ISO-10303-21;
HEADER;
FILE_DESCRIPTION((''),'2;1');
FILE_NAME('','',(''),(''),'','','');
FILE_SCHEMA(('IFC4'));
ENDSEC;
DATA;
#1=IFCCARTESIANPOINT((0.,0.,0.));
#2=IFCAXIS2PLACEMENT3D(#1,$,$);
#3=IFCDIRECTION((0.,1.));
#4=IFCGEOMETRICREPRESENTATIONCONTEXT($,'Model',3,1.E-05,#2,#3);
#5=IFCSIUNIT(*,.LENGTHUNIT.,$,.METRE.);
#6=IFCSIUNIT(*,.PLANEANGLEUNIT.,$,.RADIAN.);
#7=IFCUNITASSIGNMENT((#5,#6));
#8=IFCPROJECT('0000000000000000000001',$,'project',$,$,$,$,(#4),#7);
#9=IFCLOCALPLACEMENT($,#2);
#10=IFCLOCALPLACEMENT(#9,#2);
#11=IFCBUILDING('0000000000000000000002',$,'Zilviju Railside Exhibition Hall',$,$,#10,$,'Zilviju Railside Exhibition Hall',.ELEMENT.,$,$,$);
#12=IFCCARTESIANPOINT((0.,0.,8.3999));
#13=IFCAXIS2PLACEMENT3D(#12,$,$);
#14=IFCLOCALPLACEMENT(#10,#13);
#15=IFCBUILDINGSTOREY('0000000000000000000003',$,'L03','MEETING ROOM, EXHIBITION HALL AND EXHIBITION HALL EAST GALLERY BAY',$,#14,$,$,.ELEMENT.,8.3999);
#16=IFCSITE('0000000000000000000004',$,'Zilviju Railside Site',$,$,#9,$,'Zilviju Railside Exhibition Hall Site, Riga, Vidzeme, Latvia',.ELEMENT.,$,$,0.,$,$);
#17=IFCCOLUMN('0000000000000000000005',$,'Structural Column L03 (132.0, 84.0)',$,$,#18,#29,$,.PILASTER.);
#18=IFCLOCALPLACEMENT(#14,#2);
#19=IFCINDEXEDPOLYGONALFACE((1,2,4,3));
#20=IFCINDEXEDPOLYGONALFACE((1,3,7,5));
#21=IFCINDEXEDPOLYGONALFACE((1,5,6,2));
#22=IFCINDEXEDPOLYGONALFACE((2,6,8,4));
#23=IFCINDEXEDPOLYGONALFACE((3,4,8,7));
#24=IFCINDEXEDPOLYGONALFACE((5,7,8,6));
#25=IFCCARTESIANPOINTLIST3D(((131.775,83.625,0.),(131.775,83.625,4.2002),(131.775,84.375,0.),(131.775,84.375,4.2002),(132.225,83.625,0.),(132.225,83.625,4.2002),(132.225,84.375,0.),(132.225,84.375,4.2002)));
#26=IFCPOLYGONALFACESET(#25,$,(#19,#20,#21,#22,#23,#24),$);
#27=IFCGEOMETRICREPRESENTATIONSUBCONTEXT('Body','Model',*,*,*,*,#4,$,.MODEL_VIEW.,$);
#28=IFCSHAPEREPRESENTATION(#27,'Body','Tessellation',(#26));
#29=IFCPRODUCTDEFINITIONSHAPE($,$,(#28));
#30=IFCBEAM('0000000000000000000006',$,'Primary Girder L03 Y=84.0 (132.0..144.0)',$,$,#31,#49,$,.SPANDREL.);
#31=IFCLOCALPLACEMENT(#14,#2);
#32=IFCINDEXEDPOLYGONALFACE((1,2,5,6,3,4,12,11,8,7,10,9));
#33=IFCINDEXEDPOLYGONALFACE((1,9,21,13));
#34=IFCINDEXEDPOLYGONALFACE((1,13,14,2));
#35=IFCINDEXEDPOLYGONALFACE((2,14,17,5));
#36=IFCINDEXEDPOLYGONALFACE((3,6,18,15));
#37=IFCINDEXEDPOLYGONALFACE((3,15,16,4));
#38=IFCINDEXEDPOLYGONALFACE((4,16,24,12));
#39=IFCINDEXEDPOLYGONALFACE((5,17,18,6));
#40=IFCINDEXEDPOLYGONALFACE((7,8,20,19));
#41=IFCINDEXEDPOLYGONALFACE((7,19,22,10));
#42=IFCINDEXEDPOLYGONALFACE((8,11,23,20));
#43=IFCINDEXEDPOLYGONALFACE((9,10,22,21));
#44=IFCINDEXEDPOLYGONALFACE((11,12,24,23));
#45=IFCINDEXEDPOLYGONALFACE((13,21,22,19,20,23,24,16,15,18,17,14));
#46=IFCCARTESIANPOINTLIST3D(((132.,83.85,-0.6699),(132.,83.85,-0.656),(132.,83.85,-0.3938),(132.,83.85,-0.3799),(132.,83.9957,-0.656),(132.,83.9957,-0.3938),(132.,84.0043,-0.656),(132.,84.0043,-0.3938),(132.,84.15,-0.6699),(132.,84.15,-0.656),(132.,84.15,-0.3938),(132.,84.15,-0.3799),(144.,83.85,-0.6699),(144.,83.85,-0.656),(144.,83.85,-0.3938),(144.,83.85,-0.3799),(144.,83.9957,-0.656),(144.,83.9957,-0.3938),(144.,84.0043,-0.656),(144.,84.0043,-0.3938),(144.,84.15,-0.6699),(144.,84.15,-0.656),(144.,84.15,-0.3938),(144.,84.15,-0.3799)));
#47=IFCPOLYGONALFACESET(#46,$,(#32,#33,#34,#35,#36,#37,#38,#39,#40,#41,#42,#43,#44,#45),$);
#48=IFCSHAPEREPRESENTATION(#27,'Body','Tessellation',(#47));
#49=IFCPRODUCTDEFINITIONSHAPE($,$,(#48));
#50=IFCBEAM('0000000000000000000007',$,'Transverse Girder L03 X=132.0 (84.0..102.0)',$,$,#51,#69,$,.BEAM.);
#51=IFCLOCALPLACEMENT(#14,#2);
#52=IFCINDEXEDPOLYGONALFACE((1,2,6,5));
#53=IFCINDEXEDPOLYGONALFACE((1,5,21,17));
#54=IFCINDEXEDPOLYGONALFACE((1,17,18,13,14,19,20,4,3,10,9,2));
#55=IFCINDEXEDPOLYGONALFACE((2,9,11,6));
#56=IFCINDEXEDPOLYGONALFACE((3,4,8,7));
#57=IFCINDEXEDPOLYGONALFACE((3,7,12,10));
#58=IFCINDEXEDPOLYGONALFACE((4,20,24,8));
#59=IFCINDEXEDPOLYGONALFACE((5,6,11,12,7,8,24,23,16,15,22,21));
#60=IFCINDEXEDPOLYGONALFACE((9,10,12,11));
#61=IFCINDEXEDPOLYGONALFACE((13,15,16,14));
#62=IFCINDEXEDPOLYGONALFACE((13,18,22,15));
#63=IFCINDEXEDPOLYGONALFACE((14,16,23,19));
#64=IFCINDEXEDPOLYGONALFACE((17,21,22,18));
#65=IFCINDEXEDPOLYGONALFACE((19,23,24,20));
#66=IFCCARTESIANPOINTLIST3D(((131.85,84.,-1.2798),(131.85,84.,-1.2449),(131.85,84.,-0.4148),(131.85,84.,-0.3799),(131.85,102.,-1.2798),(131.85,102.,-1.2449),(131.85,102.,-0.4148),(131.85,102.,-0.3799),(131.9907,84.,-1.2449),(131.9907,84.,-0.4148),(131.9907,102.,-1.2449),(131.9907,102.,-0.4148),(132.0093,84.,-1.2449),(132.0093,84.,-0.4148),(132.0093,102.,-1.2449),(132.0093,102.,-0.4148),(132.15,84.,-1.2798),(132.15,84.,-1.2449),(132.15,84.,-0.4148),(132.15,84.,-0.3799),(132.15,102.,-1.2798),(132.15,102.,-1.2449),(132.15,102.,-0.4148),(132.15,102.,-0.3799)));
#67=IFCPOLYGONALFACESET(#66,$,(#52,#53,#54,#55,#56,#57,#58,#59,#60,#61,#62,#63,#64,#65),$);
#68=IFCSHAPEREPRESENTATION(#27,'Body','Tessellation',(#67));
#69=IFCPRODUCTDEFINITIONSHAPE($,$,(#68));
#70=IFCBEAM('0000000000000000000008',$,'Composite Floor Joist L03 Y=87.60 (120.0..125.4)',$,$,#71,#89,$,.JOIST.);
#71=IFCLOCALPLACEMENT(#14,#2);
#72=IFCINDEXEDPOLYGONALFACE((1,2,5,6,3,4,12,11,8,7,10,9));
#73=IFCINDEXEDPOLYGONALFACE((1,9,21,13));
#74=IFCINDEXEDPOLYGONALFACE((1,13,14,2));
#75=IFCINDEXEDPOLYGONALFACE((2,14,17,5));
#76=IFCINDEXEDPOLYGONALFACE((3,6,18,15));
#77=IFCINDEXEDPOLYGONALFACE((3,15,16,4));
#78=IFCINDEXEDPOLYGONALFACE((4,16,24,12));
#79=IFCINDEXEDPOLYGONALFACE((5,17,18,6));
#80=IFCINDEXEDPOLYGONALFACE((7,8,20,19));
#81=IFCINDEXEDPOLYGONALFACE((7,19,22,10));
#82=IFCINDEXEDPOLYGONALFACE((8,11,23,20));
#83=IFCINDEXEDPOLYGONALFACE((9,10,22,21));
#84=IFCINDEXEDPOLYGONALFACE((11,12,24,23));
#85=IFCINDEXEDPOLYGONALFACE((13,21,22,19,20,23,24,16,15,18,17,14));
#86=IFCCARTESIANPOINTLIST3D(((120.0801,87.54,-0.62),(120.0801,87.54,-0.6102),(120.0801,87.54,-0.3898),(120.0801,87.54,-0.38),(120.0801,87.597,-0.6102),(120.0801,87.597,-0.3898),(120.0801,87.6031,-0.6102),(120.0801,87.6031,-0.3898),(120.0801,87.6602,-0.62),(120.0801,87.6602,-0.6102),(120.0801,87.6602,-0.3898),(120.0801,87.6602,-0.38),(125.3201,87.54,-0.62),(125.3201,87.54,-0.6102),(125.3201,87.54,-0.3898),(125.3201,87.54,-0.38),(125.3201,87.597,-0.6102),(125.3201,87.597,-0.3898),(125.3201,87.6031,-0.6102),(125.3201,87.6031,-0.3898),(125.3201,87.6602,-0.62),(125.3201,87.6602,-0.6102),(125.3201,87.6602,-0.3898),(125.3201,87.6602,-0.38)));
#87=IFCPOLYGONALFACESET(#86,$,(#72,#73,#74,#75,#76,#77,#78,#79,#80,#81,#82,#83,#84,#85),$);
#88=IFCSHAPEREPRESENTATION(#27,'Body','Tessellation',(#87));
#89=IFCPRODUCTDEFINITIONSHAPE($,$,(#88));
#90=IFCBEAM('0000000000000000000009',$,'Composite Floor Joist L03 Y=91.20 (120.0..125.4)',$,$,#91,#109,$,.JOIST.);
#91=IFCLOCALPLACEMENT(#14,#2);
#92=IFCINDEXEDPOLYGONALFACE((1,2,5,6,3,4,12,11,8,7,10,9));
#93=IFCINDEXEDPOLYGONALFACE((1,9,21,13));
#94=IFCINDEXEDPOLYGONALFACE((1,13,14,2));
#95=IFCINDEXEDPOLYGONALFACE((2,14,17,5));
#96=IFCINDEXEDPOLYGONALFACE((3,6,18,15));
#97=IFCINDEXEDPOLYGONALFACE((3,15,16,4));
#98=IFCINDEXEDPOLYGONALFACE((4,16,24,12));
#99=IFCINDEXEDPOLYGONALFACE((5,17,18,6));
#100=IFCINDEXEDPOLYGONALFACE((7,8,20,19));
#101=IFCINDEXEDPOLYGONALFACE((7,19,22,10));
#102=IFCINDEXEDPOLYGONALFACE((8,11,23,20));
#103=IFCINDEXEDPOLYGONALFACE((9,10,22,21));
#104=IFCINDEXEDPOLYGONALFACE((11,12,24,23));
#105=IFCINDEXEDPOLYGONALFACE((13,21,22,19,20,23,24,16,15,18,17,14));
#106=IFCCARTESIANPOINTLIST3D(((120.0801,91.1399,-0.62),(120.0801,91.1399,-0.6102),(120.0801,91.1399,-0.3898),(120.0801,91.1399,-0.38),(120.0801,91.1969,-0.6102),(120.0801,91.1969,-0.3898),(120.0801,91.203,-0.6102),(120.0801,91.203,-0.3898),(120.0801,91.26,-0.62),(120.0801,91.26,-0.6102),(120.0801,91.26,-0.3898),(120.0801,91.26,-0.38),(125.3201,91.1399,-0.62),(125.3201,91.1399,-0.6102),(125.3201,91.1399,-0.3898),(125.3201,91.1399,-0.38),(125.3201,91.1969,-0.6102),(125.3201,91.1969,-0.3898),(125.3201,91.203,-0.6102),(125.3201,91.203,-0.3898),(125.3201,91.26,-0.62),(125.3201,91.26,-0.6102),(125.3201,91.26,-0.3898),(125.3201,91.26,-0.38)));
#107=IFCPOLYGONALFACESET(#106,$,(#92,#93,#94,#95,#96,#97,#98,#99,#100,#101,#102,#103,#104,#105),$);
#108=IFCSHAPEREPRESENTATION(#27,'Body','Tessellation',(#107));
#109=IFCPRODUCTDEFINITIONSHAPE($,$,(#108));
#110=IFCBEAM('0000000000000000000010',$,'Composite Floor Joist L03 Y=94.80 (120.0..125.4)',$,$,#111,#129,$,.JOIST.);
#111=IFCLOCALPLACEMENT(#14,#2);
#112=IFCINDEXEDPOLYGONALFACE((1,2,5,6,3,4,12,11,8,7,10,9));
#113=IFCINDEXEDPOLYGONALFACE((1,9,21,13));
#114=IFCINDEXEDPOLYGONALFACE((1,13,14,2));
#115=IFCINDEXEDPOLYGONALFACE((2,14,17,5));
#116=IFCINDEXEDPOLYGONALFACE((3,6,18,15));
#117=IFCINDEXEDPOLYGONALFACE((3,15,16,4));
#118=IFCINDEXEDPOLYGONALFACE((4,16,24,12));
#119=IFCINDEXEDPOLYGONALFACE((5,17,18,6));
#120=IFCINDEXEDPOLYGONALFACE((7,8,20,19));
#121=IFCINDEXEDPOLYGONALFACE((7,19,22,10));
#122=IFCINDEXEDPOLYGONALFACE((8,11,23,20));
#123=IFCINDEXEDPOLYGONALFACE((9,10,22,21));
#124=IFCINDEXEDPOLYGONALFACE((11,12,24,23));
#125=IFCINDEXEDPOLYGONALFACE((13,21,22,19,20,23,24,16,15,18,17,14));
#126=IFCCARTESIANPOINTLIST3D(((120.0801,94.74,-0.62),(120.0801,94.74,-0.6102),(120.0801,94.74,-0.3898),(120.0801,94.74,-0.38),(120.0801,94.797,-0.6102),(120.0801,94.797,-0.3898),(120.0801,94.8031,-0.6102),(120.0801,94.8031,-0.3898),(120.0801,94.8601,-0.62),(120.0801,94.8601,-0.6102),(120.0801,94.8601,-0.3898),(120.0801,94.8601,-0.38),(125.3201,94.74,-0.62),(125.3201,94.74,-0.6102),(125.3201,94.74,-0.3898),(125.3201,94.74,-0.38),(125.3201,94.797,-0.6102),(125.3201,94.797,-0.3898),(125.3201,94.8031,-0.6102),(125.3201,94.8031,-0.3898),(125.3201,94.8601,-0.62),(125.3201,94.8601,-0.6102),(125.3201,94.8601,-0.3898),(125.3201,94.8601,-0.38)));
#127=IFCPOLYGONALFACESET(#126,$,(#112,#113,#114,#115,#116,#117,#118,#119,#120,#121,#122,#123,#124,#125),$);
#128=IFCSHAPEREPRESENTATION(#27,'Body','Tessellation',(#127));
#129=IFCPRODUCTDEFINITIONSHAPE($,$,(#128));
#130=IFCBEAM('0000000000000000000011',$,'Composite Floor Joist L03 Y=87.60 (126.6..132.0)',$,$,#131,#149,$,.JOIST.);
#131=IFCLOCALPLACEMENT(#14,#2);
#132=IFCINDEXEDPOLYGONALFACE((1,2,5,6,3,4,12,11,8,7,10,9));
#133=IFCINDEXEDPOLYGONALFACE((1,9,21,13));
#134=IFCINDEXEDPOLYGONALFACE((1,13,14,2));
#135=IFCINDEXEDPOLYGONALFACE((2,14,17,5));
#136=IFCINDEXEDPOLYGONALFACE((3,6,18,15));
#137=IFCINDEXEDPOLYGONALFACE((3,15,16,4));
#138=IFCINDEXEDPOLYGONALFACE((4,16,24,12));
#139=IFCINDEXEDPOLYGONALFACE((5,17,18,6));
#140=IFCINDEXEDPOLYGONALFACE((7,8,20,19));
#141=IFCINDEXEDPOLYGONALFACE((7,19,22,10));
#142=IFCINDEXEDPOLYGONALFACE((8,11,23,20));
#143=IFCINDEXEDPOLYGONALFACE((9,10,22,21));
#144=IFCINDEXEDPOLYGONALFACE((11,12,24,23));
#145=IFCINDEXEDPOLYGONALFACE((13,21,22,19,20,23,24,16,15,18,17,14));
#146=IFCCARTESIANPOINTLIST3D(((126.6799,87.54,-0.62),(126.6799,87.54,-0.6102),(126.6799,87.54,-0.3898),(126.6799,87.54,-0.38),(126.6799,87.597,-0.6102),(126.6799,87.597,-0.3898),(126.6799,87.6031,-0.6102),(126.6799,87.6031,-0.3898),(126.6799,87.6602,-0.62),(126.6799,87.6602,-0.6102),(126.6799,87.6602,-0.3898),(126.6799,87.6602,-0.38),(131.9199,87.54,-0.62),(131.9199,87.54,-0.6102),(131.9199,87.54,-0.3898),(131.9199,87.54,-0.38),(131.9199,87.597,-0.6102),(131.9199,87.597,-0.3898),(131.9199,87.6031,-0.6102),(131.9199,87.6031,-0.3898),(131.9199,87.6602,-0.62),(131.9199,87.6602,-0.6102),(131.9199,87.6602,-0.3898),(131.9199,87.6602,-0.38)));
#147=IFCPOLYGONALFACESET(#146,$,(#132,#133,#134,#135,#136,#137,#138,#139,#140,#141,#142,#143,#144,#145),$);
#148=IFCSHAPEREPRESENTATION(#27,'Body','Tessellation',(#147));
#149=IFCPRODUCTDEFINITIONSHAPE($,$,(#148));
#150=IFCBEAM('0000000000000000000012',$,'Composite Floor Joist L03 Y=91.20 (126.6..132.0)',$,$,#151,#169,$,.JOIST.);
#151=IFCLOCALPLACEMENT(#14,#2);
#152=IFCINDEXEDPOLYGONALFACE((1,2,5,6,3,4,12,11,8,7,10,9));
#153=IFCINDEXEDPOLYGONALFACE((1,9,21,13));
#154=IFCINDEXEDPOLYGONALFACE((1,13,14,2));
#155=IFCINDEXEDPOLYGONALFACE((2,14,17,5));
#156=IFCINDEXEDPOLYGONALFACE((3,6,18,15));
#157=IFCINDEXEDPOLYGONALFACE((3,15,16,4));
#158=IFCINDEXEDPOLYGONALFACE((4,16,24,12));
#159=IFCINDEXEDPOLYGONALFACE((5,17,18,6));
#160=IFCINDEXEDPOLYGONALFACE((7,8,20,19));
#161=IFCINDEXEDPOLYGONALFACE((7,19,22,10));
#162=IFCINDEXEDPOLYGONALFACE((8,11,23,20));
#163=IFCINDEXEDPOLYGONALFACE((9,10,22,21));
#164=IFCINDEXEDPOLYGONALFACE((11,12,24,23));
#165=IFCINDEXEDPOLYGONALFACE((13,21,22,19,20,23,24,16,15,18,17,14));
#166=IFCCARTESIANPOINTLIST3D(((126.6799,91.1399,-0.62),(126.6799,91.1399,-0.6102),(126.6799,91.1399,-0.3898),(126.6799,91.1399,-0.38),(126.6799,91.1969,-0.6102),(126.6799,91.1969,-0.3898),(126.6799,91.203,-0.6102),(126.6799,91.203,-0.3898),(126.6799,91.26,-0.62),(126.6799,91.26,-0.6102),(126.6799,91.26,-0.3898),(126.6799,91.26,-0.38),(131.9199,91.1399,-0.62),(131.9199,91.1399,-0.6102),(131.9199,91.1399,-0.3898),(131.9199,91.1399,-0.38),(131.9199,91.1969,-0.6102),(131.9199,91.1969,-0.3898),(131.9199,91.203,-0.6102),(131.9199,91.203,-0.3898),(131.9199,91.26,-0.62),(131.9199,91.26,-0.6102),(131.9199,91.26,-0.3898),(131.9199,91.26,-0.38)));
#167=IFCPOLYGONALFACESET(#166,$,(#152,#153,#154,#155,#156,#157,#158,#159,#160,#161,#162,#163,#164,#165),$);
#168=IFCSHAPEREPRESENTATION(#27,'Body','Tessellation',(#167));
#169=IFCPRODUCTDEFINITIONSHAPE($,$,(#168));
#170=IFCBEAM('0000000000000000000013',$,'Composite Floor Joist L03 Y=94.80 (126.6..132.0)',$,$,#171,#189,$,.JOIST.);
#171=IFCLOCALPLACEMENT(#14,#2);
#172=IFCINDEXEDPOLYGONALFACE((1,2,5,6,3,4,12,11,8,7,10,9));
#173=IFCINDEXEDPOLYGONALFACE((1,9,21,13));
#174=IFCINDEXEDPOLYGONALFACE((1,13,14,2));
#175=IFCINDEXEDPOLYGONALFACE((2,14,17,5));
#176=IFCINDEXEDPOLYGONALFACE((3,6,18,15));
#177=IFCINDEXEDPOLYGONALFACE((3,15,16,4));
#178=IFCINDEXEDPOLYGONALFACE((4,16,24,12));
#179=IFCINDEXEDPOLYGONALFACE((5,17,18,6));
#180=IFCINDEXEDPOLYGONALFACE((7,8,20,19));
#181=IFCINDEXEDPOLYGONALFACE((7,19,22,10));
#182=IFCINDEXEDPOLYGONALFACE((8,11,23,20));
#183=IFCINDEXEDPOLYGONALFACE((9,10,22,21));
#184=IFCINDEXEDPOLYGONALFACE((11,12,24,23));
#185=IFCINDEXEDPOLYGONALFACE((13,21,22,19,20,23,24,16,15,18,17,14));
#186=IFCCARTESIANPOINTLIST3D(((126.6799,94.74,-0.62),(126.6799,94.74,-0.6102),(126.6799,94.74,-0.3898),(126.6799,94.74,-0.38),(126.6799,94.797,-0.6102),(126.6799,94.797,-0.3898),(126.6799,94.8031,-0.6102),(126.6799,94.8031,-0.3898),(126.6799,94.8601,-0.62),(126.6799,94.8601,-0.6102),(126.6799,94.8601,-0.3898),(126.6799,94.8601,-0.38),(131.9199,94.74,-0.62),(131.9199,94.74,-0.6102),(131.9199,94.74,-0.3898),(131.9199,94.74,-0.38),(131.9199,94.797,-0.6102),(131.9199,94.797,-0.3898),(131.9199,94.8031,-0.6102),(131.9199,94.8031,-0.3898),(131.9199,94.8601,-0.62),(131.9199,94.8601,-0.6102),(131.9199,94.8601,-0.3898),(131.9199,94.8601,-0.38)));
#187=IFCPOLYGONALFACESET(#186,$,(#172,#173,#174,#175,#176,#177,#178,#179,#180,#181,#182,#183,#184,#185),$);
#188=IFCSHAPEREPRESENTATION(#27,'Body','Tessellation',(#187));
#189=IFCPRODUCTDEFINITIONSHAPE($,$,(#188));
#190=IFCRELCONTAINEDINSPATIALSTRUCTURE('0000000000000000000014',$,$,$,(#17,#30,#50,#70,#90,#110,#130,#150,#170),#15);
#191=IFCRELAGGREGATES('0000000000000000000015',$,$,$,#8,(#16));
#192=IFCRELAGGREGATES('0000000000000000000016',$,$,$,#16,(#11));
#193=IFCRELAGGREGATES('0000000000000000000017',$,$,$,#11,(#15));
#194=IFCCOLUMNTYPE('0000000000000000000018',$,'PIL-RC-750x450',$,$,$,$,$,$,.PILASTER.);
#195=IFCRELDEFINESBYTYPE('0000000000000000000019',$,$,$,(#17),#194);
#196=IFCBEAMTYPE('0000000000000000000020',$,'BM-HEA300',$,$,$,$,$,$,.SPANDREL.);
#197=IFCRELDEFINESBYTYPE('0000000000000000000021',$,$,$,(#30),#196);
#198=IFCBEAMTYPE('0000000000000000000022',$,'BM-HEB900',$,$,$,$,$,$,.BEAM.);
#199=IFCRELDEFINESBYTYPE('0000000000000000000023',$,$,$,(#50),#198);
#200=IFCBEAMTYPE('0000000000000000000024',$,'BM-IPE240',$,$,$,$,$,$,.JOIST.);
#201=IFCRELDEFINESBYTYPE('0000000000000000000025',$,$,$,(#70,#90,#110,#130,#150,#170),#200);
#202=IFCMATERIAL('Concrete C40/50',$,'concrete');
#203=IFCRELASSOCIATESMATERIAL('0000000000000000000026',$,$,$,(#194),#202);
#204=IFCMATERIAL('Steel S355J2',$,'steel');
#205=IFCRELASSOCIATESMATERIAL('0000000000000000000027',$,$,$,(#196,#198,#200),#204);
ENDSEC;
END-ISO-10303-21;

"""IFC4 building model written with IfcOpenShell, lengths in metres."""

from ifc_helpers import new_model, si_unit, direction, frame, origin, origin_2d, place, context, subcontext, project, spatial, rectangle, i_section, extrude, material, material_profile, profile_set, type_object, element, save


model = new_model("IFC4")

# Units and contexts
model_context = context("Model", 3, precision=1e-05, world=origin(), true_north=direction((0.0, 1.0)))
body_context = subcontext(model_context, "Body", "Model", "MODEL_VIEW")
ifc_project = project(units=[si_unit("LENGTHUNIT", "METRE"), si_unit("PLANEANGLEUNIT", "RADIAN")], contexts=[model_context])

# Site, building, storey
site_placement = place(None, origin())
site = spatial("IfcSite", under=ifc_project, at=site_placement, Name="Zilviju Railside Site", LongName="Zilviju Railside Exhibition Hall Site, Riga, Vidzeme, Latvia", CompositionType="ELEMENT", RefElevation=0.0)
building_placement = place(site_placement, origin())
building = spatial("IfcBuilding", under=site, at=building_placement, Name="Zilviju Railside Exhibition Hall", LongName="Zilviju Railside Exhibition Hall", CompositionType="ELEMENT")
storey_placement = place(building_placement, frame((0.0, 0.0, 8.3999)))
storey = spatial("IfcBuildingStorey", under=building, at=storey_placement, Name="L03", Description="MEETING ROOM, EXHIBITION HALL AND EXHIBITION HALL EAST GALLERY BAY", CompositionType="ELEMENT", Elevation=8.3999)

# Column
ifc_material_1 = material(Name="Concrete C40/50", Category="concrete")
ifc_material_profile_1 = material_profile(ifc_material_1, rectangle(XDim=0.45, YDim=0.75, at=origin_2d()), Name="RC COL 450x750")
ifc_profile_set_1 = profile_set([ifc_material_profile_1], Name="Concrete C40/50")
column_type = type_object("IfcColumnType", Name="PIL-RC-750x450", PredefinedType="PILASTER", material=ifc_profile_set_1)
column_placement = place(storey_placement, frame((132.0, 84.0, 0.0), z_axis=(0.0, 0.0, 1.0), x_axis=(1.0, 0.0, 0.0)))
element("IfcColumn", 1, at=column_placement, inside=storey, type_object=column_type, Name="Structural Column L03 (132.0, 84.0)", PredefinedType="PILASTER", context=body_context, shape_type="SweptSolid", body=[
    extrude(rectangle(XDim=0.45, YDim=0.75, at=origin_2d()), origin(), (0.0, 0.0, 1.0), 4.2002),
])

# Beams
ifc_material_2 = material(Name="Steel S355J2", Category="steel")
ifc_material_profile_2 = material_profile(ifc_material_2, i_section(OverallWidth=0.3, OverallDepth=0.29, WebThickness=0.0085, FlangeThickness=0.0139, at=origin_2d()), Name="HEA 300")
ifc_profile_set_2 = profile_set([ifc_material_profile_2], Name="Steel S355J2")
beam_type_1 = type_object("IfcBeamType", Name="BM-HEA300", PredefinedType="SPANDREL", material=ifc_profile_set_2)
beam_1_placement = place(storey_placement, frame((132.0, 84.0, -0.5249), z_axis=(1.0, 0.0, 0.0), x_axis=(0.0, 1.0, 0.0)))
element("IfcBeam", 2, at=beam_1_placement, inside=storey, type_object=beam_type_1, Name="Primary Girder L03 Y=84.0 (132.0..144.0)", PredefinedType="SPANDREL", context=body_context, shape_type="SweptSolid", body=[
    extrude(i_section(OverallWidth=0.3, OverallDepth=0.29, WebThickness=0.0085, FlangeThickness=0.0139, at=origin_2d()), origin(), (0.0, 0.0, 1.0), 12.0),
])
ifc_material_profile_3 = material_profile(ifc_material_2, i_section(OverallWidth=0.3, OverallDepth=0.8999, WebThickness=0.0186, FlangeThickness=0.0349, at=origin_2d()), Name="HEB 900")
ifc_profile_set_3 = profile_set([ifc_material_profile_3], Name="Steel S355J2")
beam_type_2 = type_object("IfcBeamType", Name="BM-HEB900", PredefinedType="BEAM", material=ifc_profile_set_3)
beam_2_placement = place(storey_placement, frame((132.0, 84.0, -0.8298), z_axis=(0.0, 1.0, 0.0), x_axis=(-1.0, 0.0, 0.0)))
element("IfcBeam", 3, at=beam_2_placement, inside=storey, type_object=beam_type_2, Name="Transverse Girder L03 X=132.0 (84.0..102.0)", PredefinedType="BEAM", context=body_context, shape_type="SweptSolid", body=[
    extrude(i_section(OverallWidth=0.3, OverallDepth=0.8999, WebThickness=0.0186, FlangeThickness=0.0349, at=origin_2d()), origin(), (0.0, 0.0, 1.0), 18.0),
])
ifc_material_profile_4 = material_profile(ifc_material_2, i_section(OverallWidth=0.1201, OverallDepth=0.24, WebThickness=0.0061, FlangeThickness=0.0098, at=origin_2d()), Name="IPE 240")
ifc_profile_set_4 = profile_set([ifc_material_profile_4], Name="Steel S355J2")
beam_type_3 = type_object("IfcBeamType", Name="BM-IPE240", PredefinedType="JOIST", material=ifc_profile_set_4)
for number, where, z_axis, x_axis, name in (
    (4, (120.0801, 87.6001, -0.5), (1.0, 0.0, 0.0), (0.0, 1.0, 0.0), "Composite Floor Joist L03 Y=87.60 (120.0..125.4)"),
    (5, (120.0801, 91.2, -0.5), (1.0, 0.0, 0.0), (0.0, 1.0, 0.0), "Composite Floor Joist L03 Y=91.20 (120.0..125.4)"),
    (6, (120.0801, 94.8, -0.5), (1.0, 0.0, 0.0), (0.0, 1.0, 0.0), "Composite Floor Joist L03 Y=94.80 (120.0..125.4)"),
    (7, (126.6799, 87.6001, -0.5), (1.0, 0.0, 0.0), (0.0, 1.0, 0.0), "Composite Floor Joist L03 Y=87.60 (126.6..132.0)"),
    (8, (126.6799, 91.2, -0.5), (1.0, 0.0, 0.0), (0.0, 1.0, 0.0), "Composite Floor Joist L03 Y=91.20 (126.6..132.0)"),
    (9, (126.6799, 94.8, -0.5), (1.0, 0.0, 0.0), (0.0, 1.0, 0.0), "Composite Floor Joist L03 Y=94.80 (126.6..132.0)"),
):
    element("IfcBeam", number, at=place(storey_placement, frame(where, z_axis=z_axis, x_axis=x_axis)), inside=storey, type_object=beam_type_3, Name=name, PredefinedType="JOIST", context=body_context, shape_type="SweptSolid", body=[
        extrude(i_section(OverallWidth=0.1201, OverallDepth=0.24, WebThickness=0.0061, FlangeThickness=0.0098, at=origin_2d()), origin(), (0.0, 0.0, 1.0), 5.24),
    ])

save(model, "model.ifc")
